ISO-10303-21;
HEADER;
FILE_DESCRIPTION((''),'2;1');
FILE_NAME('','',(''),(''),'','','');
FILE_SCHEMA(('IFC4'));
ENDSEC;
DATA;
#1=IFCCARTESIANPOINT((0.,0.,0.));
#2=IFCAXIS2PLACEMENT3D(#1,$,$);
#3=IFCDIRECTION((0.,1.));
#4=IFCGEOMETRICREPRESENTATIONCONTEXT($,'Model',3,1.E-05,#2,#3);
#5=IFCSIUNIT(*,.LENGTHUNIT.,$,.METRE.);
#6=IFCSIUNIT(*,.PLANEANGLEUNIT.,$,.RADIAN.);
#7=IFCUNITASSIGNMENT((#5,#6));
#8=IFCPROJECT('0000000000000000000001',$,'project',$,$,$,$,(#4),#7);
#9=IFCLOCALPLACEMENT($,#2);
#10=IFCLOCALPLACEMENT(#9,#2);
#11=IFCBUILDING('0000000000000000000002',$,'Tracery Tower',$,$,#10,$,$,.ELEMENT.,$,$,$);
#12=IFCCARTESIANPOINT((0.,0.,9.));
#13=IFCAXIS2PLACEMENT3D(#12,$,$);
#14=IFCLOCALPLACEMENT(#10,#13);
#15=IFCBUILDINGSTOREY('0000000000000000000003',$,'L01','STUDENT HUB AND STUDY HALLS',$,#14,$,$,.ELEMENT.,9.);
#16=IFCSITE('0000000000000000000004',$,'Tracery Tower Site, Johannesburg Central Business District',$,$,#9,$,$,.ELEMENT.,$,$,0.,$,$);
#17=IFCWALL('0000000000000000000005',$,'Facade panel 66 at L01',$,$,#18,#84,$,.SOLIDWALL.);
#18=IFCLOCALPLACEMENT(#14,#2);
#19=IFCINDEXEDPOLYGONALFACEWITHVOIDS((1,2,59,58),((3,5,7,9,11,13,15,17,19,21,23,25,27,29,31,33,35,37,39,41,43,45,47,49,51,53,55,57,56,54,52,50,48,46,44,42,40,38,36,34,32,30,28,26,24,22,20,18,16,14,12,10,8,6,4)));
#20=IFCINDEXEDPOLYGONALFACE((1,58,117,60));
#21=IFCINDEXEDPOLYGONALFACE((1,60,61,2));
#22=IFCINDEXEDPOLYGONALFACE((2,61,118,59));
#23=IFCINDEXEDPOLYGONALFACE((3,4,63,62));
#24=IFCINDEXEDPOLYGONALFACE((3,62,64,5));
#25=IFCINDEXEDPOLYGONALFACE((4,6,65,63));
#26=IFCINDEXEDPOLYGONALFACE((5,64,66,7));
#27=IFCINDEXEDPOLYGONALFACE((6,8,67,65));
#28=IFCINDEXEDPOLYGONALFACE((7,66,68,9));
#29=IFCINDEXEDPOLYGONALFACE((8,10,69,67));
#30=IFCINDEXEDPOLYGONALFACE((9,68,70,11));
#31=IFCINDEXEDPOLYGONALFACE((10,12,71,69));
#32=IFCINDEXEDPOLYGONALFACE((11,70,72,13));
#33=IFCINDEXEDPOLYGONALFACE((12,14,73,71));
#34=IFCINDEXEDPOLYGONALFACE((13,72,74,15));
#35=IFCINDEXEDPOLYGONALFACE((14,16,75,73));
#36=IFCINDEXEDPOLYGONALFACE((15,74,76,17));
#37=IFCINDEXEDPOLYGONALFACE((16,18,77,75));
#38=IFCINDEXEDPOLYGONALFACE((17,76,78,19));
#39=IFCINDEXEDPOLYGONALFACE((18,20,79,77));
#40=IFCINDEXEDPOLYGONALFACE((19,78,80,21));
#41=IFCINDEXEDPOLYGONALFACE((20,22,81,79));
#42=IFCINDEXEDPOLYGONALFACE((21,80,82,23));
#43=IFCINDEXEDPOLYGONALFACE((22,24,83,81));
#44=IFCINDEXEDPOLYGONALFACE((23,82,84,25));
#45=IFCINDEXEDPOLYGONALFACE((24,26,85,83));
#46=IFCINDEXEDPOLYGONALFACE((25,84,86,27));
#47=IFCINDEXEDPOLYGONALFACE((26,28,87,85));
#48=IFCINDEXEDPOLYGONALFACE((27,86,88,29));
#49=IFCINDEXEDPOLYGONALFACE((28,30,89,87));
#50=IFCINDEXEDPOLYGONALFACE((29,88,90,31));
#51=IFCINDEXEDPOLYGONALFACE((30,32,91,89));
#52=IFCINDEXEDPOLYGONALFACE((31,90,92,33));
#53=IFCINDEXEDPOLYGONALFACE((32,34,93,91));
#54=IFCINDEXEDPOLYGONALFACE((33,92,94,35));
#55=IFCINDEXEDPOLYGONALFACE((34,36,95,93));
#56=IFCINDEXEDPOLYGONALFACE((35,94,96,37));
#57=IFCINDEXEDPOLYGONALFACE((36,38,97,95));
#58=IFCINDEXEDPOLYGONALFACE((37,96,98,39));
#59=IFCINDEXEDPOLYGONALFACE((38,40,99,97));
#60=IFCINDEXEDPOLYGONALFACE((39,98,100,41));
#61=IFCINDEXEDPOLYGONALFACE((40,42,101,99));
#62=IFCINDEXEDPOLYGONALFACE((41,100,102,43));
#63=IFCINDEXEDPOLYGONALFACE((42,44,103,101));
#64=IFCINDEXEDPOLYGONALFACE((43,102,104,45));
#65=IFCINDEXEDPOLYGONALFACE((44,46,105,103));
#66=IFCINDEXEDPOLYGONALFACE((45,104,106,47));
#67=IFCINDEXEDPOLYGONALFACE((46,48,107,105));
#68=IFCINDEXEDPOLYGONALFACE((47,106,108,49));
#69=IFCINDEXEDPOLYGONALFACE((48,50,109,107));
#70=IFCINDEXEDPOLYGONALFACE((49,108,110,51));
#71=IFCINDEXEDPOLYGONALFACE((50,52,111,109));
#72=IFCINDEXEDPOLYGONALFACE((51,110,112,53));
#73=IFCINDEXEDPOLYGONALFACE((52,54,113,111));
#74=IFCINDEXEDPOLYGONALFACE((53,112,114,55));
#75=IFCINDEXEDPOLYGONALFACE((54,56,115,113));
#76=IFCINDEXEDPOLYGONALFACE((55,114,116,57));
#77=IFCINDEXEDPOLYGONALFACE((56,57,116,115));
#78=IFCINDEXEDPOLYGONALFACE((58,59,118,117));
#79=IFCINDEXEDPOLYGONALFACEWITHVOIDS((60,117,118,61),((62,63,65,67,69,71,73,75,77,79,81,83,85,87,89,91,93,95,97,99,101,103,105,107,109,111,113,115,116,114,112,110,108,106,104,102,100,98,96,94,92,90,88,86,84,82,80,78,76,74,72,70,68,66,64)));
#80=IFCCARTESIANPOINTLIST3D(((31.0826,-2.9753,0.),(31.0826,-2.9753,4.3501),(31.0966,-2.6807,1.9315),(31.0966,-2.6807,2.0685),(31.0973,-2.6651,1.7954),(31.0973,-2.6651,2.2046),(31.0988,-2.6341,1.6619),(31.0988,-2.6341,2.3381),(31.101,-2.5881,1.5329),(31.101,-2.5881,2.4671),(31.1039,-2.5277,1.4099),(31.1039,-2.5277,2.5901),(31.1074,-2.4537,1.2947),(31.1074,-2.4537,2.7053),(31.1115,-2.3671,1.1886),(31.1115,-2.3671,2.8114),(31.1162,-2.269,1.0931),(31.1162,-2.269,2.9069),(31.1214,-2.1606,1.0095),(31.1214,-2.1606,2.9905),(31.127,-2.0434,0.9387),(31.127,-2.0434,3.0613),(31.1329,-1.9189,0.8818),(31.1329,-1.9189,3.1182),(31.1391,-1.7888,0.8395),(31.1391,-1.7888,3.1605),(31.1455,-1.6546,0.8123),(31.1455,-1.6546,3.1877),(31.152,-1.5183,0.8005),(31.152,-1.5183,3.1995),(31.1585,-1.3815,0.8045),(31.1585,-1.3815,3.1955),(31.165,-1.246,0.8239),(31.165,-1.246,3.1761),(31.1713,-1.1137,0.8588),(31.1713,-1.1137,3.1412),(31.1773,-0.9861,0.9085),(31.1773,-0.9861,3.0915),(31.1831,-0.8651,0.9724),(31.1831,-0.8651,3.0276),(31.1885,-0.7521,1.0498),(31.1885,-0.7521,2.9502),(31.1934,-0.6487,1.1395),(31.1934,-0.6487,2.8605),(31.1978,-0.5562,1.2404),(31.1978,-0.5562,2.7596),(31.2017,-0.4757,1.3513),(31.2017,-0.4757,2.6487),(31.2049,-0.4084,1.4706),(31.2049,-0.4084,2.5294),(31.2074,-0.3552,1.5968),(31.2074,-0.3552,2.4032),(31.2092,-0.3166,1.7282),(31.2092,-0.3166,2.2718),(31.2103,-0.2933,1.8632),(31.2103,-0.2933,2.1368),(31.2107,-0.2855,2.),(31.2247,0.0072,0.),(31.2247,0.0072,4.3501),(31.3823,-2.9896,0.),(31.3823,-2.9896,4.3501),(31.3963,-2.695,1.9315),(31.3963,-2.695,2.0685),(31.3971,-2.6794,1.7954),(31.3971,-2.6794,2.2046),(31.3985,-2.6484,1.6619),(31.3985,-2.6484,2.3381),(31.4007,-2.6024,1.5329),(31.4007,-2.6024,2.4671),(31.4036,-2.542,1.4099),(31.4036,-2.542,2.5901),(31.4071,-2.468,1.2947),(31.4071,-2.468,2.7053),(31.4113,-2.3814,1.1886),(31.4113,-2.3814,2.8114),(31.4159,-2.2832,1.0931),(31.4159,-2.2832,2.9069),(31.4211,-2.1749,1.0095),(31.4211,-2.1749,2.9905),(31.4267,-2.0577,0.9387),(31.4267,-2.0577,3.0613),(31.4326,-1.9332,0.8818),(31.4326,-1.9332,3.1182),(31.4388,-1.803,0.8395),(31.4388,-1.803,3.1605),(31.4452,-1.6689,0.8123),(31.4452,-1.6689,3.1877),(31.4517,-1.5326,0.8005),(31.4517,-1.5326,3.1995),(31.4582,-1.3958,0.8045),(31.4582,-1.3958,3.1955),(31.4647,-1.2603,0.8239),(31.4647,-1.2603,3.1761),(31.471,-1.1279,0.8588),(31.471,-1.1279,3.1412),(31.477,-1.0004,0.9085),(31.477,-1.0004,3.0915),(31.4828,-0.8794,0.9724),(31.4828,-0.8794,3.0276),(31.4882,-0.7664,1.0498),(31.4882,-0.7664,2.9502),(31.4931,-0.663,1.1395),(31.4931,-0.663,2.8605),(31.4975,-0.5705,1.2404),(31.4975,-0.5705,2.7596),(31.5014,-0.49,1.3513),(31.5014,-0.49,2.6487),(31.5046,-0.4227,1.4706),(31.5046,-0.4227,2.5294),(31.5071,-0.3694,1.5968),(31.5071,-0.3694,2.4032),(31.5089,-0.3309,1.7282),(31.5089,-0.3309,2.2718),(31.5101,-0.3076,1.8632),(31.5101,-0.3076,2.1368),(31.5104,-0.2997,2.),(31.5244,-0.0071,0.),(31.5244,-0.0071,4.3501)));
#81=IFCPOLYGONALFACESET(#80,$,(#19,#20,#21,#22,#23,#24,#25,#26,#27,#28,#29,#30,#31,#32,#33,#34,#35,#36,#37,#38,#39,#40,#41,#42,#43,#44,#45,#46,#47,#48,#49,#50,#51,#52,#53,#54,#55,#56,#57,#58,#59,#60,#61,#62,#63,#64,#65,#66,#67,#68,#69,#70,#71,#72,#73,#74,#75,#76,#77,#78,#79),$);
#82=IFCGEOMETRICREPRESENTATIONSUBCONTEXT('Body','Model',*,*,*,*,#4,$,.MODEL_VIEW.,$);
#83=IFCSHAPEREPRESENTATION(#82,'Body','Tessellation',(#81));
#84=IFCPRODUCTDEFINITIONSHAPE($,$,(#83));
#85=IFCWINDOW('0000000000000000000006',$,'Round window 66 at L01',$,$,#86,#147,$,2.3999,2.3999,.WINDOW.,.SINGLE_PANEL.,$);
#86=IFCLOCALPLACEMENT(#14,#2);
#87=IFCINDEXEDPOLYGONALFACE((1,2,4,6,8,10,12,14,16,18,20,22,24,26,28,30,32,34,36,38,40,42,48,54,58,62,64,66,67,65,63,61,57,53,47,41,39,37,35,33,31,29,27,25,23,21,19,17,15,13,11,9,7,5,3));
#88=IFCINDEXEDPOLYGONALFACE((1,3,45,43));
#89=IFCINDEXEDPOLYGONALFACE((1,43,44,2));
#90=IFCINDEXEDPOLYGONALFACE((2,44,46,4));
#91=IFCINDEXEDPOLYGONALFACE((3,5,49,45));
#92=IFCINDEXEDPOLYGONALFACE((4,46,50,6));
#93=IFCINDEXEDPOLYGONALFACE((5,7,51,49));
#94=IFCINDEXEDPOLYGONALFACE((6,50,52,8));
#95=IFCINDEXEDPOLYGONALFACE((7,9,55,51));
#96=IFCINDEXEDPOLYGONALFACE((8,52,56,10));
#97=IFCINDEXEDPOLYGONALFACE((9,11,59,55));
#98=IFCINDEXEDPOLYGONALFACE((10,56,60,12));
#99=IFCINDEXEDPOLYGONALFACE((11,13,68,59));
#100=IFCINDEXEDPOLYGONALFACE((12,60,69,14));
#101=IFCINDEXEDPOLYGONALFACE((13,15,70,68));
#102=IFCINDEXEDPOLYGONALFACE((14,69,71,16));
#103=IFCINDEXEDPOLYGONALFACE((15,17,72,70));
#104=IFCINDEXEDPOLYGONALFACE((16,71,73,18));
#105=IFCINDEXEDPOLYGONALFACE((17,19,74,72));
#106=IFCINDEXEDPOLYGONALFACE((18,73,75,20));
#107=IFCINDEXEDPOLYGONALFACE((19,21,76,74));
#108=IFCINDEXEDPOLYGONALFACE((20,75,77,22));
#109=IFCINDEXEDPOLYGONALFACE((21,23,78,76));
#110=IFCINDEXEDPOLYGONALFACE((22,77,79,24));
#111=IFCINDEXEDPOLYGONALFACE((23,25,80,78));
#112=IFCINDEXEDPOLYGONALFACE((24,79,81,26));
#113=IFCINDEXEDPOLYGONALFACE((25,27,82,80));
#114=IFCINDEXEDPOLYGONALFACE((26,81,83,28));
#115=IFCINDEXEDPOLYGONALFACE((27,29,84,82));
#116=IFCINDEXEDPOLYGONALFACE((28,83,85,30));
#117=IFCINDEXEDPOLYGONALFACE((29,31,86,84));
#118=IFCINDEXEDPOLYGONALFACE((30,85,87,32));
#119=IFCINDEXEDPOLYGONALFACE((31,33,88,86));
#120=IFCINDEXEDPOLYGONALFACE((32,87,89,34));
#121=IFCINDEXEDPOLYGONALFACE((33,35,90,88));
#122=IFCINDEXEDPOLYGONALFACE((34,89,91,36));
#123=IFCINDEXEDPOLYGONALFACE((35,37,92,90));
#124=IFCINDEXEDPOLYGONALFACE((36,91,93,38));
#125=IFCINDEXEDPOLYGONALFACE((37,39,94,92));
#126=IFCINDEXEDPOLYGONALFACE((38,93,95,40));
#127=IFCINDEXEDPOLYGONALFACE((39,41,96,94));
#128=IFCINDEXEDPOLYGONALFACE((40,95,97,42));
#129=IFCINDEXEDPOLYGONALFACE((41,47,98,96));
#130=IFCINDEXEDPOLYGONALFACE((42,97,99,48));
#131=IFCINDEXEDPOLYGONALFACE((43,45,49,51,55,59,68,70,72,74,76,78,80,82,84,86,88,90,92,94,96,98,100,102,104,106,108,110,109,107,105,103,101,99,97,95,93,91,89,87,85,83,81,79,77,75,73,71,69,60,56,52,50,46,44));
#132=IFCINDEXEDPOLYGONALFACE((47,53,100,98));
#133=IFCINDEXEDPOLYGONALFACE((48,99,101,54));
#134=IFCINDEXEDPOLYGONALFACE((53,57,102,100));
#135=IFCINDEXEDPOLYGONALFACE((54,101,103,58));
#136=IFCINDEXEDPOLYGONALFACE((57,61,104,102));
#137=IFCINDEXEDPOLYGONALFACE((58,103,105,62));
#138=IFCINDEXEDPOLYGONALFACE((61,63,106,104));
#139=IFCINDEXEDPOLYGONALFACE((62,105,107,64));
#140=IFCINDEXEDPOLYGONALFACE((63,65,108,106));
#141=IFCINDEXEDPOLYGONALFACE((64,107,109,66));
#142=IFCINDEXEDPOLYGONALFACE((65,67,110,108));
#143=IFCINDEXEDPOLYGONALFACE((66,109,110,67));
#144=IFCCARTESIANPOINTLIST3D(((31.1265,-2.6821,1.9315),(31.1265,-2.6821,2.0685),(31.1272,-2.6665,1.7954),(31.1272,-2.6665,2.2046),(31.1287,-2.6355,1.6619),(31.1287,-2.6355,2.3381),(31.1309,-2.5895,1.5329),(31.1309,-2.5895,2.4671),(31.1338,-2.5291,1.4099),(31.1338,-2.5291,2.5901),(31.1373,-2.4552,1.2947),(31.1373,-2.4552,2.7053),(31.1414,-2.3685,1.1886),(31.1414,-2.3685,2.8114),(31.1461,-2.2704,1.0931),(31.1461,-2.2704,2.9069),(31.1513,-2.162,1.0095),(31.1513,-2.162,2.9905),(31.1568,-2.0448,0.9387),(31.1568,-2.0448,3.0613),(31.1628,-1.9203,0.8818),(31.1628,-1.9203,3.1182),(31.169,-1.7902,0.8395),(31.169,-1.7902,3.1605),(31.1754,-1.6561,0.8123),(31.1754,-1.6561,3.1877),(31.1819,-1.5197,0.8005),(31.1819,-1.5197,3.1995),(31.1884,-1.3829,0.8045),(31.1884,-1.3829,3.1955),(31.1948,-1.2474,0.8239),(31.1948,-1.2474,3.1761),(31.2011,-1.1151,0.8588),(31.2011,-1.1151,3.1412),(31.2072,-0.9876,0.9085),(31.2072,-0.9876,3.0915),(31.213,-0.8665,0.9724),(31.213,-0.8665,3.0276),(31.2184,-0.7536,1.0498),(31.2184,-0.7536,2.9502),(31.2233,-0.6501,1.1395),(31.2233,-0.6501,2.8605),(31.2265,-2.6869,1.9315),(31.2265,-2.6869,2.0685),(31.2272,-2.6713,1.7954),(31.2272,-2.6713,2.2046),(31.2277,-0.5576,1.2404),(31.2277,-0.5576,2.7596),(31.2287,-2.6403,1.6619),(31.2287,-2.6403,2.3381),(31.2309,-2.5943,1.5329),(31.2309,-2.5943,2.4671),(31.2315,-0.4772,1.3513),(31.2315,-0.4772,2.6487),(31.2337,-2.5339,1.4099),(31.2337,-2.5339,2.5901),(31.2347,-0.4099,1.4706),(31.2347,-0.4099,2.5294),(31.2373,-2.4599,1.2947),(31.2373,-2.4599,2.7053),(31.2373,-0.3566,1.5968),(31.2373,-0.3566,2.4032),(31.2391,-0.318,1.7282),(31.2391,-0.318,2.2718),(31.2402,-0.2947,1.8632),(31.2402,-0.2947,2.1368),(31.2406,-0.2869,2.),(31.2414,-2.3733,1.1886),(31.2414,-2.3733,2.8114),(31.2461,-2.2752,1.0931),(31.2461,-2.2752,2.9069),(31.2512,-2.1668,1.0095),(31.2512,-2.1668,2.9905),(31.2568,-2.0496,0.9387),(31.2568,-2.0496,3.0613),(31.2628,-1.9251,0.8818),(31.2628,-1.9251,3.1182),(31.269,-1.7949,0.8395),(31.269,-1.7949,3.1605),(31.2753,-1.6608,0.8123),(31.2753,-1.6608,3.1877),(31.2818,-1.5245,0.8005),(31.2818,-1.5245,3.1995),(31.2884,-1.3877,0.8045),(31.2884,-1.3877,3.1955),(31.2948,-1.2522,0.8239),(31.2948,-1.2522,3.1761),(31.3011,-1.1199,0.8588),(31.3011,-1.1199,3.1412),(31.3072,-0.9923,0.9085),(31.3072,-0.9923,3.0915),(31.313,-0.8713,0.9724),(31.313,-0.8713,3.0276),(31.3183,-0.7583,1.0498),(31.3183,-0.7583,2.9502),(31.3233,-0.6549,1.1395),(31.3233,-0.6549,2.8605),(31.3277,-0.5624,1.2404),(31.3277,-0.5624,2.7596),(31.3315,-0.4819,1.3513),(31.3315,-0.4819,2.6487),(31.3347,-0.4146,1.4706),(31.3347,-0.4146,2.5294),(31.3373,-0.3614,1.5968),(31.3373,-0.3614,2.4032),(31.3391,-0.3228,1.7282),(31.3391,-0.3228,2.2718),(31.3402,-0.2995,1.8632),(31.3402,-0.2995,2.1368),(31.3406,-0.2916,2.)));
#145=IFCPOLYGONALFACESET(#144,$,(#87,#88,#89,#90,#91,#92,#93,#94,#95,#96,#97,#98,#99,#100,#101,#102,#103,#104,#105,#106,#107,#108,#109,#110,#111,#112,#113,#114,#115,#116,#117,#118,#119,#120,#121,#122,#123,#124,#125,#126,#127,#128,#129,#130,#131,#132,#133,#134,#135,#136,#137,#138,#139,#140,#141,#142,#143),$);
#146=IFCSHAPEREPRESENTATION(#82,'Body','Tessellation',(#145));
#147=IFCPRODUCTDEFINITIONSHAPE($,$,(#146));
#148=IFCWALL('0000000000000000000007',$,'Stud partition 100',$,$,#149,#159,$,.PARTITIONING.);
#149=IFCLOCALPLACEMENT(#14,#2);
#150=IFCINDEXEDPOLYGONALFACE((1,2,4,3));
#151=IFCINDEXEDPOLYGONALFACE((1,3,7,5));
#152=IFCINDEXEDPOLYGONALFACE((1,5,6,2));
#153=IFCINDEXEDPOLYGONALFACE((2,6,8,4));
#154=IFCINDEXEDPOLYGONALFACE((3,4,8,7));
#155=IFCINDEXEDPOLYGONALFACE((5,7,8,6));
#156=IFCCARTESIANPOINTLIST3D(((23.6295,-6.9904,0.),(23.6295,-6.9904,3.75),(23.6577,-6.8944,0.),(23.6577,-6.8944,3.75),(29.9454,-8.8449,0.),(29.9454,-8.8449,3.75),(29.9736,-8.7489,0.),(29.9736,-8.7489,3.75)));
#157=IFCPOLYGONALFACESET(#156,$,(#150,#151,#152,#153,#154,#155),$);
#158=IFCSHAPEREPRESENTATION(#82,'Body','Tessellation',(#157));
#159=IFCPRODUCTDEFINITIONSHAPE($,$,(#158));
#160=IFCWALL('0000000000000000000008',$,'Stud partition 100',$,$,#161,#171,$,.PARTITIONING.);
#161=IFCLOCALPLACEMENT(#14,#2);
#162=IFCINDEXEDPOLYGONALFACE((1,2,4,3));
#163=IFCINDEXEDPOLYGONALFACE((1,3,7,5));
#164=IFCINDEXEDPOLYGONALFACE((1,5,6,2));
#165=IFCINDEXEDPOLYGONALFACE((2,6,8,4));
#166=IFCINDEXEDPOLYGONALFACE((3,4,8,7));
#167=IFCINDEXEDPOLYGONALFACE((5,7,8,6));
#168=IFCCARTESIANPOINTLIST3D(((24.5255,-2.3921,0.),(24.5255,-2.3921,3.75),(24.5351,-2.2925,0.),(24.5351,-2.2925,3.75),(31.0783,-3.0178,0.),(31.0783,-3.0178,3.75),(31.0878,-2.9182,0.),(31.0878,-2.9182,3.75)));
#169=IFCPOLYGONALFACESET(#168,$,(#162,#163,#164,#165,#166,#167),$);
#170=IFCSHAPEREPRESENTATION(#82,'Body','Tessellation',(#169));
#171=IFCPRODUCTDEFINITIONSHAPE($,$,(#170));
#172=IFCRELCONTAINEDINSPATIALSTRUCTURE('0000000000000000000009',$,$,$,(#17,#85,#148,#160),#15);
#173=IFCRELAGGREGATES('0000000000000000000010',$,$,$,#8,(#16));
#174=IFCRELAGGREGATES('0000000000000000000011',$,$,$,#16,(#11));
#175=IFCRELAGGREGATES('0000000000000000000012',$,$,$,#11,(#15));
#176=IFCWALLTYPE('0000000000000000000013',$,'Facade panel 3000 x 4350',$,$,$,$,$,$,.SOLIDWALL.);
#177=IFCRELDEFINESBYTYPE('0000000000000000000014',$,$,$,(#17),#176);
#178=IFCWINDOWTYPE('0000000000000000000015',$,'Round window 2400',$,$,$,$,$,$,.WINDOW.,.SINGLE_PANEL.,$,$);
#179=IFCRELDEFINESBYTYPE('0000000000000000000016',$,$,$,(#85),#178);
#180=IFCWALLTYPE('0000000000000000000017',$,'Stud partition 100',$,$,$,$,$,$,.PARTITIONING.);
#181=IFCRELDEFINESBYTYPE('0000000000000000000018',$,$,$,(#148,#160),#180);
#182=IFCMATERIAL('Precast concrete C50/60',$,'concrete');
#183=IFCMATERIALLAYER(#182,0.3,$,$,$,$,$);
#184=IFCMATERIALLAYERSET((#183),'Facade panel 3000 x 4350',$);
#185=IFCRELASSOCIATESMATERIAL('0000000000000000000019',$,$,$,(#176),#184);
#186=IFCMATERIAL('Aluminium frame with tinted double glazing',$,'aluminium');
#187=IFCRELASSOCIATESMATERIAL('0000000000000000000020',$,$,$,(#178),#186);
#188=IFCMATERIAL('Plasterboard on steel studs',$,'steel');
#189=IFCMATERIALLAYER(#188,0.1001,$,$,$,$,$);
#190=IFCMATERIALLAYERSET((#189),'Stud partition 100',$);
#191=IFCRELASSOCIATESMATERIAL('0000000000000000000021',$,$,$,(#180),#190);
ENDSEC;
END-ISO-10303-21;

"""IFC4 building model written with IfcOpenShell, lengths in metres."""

from ifc_helpers import new_model, si_unit, direction, frame, frame_2d, origin, origin_2d, place, context, subcontext, project, spatial, rectangle, circle, extrude, material, layer, layer_set, type_object, element, fill, save


model = new_model("IFC4")

# Units and contexts
model_context = context("Model", 3, precision=1e-05, world=origin(), true_north=direction((0.0, 1.0)))
body_context = subcontext(model_context, "Body", "Model", "MODEL_VIEW")
ifc_project = project(units=[si_unit("LENGTHUNIT", "METRE"), si_unit("PLANEANGLEUNIT", "RADIAN")], contexts=[model_context])

# Site, building, storey
site_placement = place(None, origin())
site = spatial("IfcSite", under=ifc_project, at=site_placement, Name="Tracery Tower Site, Johannesburg Central Business District", CompositionType="ELEMENT", RefElevation=0.0)
building_placement = place(site_placement, origin())
building = spatial("IfcBuilding", under=site, at=building_placement, Name="Tracery Tower", CompositionType="ELEMENT")
storey_placement = place(building_placement, frame((0.0, 0.0, 9.0)))
storey = spatial("IfcBuildingStorey", under=building, at=storey_placement, Name="L01", Description="STUDENT HUB AND STUDY HALLS", CompositionType="ELEMENT", Elevation=9.0)

# Wall, opening, window
ifc_material_1 = material(Name="Precast concrete C50/60", Category="concrete")
ifc_layer_1 = layer(ifc_material_1, 0.3)
ifc_layer_set_1 = layer_set([ifc_layer_1], Name="Facade panel 3000 x 4350")
wall_type_1 = type_object("IfcWallType", Name="Facade panel 3000 x 4350", PredefinedType="SOLIDWALL", material=ifc_layer_set_1)
ifc_material_2 = material(Name="Aluminium frame with tinted double glazing", Category="aluminium")
window_type = type_object("IfcWindowType", Name="Round window 2400", PartitioningType="SINGLE_PANEL", PredefinedType="WINDOW", material=ifc_material_2)
wall_1_placement = place(storey_placement, frame((31.2324, -2.9824, 0.0), z_axis=(0.0, 0.0, 1.0), x_axis=(0.047588, 0.998867, 0.0)))
wall_1 = element("IfcWall", 1, at=wall_1_placement, inside=storey, type_object=wall_type_1, Name="Facade panel 66 at L01", PredefinedType="SOLIDWALL", context=body_context, shape_type="SweptSolid", body=[
    extrude(rectangle(XDim=2.9858, YDim=0.3, at=frame_2d((1.4929, 0.0))), origin(), (0.0, 0.0, 1.0), 4.3501),
])
opening_1_placement = place(wall_1_placement, frame((1.4929, 0.0, 2.0)))
opening_1 = element("IfcOpeningElement", 2, at=opening_1_placement, cuts=wall_1, PredefinedType="OPENING", context=body_context, shape_type="SweptSolid", body=[
    extrude(circle(Radius=1.2, at=origin_2d()), frame((0.0, 0.1599, 0.0), z_axis=(0.0, -1.0, 0.0), x_axis=(1.0, 0.0, 0.0)), (0.0, 0.0, 1.0), 0.3201),
])
window_1_placement = place(opening_1_placement, origin())
window_1 = element("IfcWindow", 3, at=window_1_placement, inside=storey, type_object=window_type, Name="Round window 66 at L01", OverallHeight=2.3999, OverallWidth=2.3999, PartitioningType="SINGLE_PANEL", PredefinedType="WINDOW", context=body_context, shape_type="SweptSolid", body=[
    extrude(circle(Radius=1.2, at=origin_2d()), frame((0.0, 0.1201, 0.0), z_axis=(0.0, -1.0, 0.0), x_axis=(1.0, 0.0, 0.0)), (0.0, 0.0, 1.0), 0.1001),
])
fill(opening_1, window_1)

# Walls
ifc_material_3 = material(Name="Plasterboard on steel studs", Category="steel")
ifc_layer_2 = layer(ifc_material_3, 0.1001)
ifc_layer_set_2 = layer_set([ifc_layer_2], Name="Stud partition 100")
wall_type_2 = type_object("IfcWallType", Name="Stud partition 100", PredefinedType="PARTITIONING", material=ifc_layer_set_2)
for number, where, z_axis, x_axis, name in (
    (4, (29.9595, -8.7969, 0.0), (0.0, 0.0, 1.0), (-0.959494, 0.281729, 0.0), "Stud partition 100"),
    (5, (31.083, -2.968, 0.0), (0.0, 0.0, 1.0), (-0.995472, 0.095059, 0.0), "Stud partition 100"),
):
    element("IfcWall", number, at=place(storey_placement, frame(where, z_axis=z_axis, x_axis=x_axis)), inside=storey, type_object=wall_type_2, Name=name, PredefinedType="PARTITIONING", context=body_context, shape_type="SweptSolid", body=[
        extrude(rectangle(XDim=6.5825, YDim=0.1001, at=frame_2d((3.2913, 0.0))), origin(), (0.0, 0.0, 1.0), 3.75),
    ])

save(model, "model.ifc")
